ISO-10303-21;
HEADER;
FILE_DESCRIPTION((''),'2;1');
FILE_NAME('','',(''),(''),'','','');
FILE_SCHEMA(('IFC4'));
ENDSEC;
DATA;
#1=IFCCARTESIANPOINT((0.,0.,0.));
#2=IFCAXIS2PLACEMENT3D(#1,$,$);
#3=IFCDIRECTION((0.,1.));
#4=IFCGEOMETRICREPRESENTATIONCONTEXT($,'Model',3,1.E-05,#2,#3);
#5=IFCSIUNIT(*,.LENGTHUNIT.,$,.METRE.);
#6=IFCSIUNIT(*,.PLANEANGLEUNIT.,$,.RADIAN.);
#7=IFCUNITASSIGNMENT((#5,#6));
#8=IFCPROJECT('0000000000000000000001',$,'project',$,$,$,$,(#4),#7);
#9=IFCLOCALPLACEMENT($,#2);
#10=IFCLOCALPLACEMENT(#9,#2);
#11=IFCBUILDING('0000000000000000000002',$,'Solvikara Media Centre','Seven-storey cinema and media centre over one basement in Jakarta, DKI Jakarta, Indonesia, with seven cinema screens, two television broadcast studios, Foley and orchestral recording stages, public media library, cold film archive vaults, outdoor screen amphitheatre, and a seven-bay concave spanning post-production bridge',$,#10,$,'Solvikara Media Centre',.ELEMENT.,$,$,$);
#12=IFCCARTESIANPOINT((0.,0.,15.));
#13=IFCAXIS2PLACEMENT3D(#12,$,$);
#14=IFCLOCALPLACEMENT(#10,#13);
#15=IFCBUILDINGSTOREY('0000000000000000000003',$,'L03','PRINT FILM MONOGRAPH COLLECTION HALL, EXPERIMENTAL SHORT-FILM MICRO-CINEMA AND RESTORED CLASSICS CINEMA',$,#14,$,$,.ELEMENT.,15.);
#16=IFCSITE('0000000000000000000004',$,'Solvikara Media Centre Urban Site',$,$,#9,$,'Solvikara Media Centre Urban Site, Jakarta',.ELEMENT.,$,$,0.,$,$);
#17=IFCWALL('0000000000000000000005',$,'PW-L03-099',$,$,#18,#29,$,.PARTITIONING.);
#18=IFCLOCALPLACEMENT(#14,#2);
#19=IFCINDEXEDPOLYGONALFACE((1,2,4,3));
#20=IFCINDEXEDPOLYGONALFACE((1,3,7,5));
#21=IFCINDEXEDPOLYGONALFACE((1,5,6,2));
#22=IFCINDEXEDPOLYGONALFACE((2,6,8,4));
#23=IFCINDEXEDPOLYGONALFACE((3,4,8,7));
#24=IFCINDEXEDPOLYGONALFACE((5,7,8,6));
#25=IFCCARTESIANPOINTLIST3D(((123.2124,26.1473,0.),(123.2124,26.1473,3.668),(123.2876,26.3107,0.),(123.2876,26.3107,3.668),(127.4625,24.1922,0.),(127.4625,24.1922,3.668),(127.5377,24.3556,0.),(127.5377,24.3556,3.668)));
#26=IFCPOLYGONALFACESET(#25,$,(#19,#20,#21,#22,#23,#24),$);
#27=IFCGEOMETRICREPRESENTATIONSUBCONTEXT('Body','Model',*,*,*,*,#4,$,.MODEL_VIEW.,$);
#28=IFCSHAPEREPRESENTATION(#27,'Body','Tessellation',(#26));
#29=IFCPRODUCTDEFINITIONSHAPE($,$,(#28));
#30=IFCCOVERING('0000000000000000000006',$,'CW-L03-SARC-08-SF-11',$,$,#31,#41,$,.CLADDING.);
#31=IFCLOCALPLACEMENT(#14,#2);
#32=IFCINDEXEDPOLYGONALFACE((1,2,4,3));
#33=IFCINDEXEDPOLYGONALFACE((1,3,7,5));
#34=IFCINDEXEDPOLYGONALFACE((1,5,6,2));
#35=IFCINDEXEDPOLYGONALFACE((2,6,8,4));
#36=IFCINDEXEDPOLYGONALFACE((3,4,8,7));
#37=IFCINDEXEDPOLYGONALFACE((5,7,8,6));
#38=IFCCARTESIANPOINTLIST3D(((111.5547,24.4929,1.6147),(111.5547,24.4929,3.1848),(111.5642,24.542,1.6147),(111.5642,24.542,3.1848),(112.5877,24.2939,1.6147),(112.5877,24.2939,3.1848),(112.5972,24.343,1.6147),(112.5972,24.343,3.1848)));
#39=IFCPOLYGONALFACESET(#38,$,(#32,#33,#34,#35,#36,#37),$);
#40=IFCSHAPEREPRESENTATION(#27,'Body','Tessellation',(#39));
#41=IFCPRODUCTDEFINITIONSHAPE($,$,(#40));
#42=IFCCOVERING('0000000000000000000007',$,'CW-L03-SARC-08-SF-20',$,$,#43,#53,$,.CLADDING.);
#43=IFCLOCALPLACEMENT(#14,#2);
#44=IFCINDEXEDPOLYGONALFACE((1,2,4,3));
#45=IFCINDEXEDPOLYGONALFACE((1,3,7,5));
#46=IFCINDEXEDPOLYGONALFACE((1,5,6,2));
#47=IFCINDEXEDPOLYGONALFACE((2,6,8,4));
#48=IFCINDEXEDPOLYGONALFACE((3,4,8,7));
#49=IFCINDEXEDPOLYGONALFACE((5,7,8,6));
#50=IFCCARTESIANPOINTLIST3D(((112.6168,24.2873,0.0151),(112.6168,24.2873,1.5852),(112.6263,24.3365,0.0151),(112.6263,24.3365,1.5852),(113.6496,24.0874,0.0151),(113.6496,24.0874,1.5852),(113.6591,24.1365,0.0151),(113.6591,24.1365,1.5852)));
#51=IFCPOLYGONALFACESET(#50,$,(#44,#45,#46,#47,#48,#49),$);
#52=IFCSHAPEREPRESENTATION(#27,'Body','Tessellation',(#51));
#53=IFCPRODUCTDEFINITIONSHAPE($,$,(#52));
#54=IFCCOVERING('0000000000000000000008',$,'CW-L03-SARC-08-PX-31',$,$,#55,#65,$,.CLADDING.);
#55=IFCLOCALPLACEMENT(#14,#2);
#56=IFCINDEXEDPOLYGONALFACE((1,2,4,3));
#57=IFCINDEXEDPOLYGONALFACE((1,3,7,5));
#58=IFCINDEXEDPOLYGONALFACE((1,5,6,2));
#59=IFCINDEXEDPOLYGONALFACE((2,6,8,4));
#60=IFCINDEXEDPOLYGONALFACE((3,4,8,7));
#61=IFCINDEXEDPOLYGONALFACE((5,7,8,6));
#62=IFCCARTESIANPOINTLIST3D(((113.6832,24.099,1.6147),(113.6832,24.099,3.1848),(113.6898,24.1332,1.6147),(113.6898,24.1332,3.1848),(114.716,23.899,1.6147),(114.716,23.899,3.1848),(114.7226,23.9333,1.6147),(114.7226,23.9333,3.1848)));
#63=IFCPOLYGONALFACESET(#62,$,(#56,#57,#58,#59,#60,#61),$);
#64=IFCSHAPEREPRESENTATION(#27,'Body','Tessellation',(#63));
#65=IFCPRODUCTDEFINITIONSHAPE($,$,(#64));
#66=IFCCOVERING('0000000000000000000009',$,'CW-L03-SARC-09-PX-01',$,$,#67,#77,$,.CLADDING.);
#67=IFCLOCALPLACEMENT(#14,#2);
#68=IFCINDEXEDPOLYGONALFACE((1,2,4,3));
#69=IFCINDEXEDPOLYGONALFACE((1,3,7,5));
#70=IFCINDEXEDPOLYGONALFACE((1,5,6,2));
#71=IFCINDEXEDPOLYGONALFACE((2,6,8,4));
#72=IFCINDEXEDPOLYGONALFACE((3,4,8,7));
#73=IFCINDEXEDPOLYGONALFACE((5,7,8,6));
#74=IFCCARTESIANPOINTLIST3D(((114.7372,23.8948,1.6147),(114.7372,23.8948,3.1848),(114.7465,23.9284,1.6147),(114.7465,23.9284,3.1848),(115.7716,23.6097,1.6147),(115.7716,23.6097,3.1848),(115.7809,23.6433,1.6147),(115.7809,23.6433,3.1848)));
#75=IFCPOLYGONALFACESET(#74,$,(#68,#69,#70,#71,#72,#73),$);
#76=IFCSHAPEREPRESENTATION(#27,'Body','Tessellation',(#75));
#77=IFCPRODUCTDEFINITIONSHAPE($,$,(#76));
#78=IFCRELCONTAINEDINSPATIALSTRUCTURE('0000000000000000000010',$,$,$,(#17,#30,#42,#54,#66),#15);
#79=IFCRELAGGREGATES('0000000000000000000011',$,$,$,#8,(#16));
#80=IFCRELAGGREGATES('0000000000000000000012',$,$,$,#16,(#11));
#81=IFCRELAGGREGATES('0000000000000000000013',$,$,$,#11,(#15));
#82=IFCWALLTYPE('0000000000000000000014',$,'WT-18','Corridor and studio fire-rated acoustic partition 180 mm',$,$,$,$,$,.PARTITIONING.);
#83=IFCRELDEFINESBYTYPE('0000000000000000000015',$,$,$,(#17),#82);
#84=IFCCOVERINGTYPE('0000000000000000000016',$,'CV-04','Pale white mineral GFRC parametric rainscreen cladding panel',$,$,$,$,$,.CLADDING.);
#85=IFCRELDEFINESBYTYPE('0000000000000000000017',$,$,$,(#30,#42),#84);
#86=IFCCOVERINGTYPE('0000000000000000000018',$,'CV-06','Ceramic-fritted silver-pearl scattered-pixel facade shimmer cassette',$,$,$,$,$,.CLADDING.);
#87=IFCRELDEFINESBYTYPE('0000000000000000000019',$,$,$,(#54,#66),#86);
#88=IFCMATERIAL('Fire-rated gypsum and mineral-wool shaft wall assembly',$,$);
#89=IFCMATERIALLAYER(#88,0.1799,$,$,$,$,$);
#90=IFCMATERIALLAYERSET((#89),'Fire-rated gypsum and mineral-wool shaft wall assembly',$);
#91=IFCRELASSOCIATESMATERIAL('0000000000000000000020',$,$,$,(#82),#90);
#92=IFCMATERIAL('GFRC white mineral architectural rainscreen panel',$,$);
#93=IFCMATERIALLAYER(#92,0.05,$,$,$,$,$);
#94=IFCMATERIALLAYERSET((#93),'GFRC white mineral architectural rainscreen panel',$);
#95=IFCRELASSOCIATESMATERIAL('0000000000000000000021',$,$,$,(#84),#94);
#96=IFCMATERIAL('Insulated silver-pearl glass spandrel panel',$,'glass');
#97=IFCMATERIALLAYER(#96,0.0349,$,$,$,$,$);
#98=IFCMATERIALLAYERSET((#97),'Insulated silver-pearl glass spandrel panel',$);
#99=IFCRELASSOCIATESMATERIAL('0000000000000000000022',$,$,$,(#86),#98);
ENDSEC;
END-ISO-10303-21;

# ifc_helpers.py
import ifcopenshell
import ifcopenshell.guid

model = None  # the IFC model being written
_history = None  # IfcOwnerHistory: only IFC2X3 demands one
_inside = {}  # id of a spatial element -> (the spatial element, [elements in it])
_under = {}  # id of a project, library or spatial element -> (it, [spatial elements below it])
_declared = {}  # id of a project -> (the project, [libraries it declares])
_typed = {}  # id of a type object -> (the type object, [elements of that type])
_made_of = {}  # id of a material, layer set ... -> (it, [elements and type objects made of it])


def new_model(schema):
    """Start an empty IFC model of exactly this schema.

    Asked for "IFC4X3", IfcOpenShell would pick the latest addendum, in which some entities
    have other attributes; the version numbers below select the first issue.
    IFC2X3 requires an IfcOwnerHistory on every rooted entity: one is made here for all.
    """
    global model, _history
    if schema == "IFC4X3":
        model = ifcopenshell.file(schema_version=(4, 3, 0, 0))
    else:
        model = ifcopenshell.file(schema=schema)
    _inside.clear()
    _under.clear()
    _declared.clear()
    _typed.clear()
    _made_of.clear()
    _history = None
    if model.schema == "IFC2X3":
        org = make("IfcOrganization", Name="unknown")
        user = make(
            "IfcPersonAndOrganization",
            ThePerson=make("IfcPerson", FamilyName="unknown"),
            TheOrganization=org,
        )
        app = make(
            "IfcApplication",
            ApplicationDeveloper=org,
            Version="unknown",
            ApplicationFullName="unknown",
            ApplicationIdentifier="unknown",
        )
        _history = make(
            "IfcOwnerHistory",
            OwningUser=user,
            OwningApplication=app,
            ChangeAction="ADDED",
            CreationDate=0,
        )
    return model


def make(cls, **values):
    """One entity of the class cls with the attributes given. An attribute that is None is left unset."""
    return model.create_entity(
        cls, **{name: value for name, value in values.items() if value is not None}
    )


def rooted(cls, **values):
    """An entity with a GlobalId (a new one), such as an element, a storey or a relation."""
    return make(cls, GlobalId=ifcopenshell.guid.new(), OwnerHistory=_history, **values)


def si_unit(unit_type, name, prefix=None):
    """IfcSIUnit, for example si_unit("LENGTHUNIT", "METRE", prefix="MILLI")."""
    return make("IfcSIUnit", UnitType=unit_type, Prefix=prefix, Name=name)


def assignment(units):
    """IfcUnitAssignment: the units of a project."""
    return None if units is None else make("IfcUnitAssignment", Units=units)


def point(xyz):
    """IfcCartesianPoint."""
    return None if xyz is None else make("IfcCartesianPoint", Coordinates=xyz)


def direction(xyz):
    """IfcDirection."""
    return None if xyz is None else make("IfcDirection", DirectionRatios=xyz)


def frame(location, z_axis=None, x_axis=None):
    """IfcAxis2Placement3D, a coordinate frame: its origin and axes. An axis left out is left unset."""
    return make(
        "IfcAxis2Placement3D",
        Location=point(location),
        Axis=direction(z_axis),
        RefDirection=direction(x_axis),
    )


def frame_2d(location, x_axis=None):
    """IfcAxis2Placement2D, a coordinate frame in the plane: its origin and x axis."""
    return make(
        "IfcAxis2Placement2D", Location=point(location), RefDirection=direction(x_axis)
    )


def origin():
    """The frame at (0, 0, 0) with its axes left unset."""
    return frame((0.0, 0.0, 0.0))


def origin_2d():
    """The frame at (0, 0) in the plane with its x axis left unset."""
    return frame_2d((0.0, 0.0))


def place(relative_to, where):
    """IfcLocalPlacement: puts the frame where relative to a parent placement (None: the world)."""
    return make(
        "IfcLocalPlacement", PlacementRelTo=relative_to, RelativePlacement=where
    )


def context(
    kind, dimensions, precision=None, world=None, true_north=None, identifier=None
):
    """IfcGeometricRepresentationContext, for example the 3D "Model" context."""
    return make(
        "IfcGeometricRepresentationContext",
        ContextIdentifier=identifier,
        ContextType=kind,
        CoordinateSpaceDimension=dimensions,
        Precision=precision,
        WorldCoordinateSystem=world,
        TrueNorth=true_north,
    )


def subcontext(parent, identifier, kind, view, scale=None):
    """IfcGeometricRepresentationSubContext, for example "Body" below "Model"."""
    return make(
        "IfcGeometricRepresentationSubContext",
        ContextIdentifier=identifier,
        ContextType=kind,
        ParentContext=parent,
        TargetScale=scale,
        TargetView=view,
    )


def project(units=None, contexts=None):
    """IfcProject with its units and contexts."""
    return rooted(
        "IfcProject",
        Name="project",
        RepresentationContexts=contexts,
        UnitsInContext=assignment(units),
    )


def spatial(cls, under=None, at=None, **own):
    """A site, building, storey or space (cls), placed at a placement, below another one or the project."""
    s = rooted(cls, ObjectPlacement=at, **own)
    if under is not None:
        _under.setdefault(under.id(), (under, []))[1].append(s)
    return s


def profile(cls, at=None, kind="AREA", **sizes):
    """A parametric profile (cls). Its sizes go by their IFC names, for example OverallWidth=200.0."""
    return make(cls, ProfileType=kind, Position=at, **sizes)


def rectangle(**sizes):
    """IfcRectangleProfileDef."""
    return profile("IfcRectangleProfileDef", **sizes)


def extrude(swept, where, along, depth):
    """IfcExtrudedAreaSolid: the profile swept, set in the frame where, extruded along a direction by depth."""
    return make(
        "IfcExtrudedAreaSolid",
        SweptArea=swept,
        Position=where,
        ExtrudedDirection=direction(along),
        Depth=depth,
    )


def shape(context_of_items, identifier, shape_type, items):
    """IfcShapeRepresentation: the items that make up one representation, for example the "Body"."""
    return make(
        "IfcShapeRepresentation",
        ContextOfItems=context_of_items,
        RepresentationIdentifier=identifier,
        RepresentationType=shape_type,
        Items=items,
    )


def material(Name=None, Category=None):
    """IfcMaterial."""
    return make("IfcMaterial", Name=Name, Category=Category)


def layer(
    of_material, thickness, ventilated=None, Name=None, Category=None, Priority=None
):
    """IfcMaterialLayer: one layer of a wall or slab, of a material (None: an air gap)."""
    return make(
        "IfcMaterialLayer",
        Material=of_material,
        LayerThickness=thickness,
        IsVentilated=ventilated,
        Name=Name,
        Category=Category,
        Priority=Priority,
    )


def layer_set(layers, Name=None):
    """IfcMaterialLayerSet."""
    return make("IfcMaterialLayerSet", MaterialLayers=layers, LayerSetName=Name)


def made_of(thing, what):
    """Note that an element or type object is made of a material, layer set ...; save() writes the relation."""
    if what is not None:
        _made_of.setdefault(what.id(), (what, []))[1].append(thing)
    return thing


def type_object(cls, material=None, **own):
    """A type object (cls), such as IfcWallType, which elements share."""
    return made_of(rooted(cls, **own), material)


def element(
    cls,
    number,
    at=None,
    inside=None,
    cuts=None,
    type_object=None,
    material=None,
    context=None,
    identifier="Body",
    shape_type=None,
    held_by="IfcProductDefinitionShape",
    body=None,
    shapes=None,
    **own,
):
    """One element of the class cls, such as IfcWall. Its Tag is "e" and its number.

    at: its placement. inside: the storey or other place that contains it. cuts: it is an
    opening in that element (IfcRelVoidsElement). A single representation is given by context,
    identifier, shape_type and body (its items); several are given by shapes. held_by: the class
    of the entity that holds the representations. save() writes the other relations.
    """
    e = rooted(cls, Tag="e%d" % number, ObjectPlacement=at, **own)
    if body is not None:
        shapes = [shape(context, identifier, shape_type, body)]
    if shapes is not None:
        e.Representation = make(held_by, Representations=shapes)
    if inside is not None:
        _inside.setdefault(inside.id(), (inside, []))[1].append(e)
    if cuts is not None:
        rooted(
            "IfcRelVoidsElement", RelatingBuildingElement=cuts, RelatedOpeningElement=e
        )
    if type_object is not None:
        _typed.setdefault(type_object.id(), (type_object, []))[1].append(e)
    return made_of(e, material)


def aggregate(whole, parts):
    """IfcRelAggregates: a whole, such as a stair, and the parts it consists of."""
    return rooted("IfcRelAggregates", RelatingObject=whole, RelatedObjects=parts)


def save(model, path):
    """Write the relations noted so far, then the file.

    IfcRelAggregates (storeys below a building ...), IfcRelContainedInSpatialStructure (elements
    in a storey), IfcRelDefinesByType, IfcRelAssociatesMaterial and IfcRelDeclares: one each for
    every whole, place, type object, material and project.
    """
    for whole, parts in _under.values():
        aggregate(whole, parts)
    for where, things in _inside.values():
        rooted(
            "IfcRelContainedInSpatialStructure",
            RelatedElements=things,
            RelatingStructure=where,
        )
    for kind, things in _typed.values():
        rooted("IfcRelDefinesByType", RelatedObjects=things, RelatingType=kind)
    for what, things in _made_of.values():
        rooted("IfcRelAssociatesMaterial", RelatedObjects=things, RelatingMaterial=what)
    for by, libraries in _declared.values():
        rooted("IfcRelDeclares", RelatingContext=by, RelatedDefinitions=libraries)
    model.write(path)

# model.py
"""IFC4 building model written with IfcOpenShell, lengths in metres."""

from ifc_helpers import new_model, si_unit, direction, frame, frame_2d, origin, origin_2d, place, context, subcontext, project, spatial, rectangle, extrude, material, layer, layer_set, type_object, element, save


model = new_model("IFC4")

# Units and contexts
model_context = context("Model", 3, precision=1e-05, world=origin(), true_north=direction((0.0, 1.0)))
body_context = subcontext(model_context, "Body", "Model", "MODEL_VIEW")
ifc_project = project(units=[si_unit("LENGTHUNIT", "METRE"), si_unit("PLANEANGLEUNIT", "RADIAN")], contexts=[model_context])

# Site, building, storey
site_placement = place(None, origin())
site = spatial("IfcSite", under=ifc_project, at=site_placement, Name="Solvikara Media Centre Urban Site", LongName="Solvikara Media Centre Urban Site, Jakarta", CompositionType="ELEMENT", RefElevation=0.0)
building_placement = place(site_placement, origin())
building = spatial("IfcBuilding", under=site, at=building_placement, Name="Solvikara Media Centre", Description="Seven-storey cinema and media centre over one basement in Jakarta, DKI Jakarta, Indonesia, with seven cinema screens, two television broadcast studios, Foley and orchestral recording stages, public media library, cold film archive vaults, outdoor screen amphitheatre, and a seven-bay concave spanning post-production bridge", LongName="Solvikara Media Centre", CompositionType="ELEMENT")
storey_placement = place(building_placement, frame((0.0, 0.0, 15.0)))
storey = spatial("IfcBuildingStorey", under=building, at=storey_placement, Name="L03", Description="PRINT FILM MONOGRAPH COLLECTION HALL, EXPERIMENTAL SHORT-FILM MICRO-CINEMA AND RESTORED CLASSICS CINEMA", CompositionType="ELEMENT", Elevation=15.0)

# Shared definitions
ifc_material_1 = material(Name="Insulated silver-pearl glass spandrel panel", Category="glass")

# Wall
ifc_material_2 = material(Name="Fire-rated gypsum and mineral-wool shaft wall assembly")
ifc_layer_1 = layer(ifc_material_2, 0.1799)
ifc_layer_set_1 = layer_set([ifc_layer_1], Name="Fire-rated gypsum and mineral-wool shaft wall assembly")
wall_type = type_object("IfcWallType", Name="WT-18", Description="Corridor and studio fire-rated acoustic partition 180 mm", PredefinedType="PARTITIONING", material=ifc_layer_set_1)
wall_placement = place(storey_placement, frame((123.25, 26.229, 0.0), z_axis=(0.0, 0.0, 1.0), x_axis=(0.908484, -0.417919, 0.0)))
element("IfcWall", 1, at=wall_placement, inside=storey, type_object=wall_type, Name="PW-L03-099", PredefinedType="PARTITIONING", context=body_context, shape_type="SweptSolid", body=[
    extrude(rectangle(XDim=4.6782, YDim=0.1799, at=frame_2d((2.3391, 0.0))), origin(), (0.0, 0.0, 1.0), 3.668),
])

# Coverings
ifc_material_3 = material(Name="GFRC white mineral architectural rainscreen panel")
ifc_layer_2 = layer(ifc_material_3, 0.05)
ifc_layer_set_2 = layer_set([ifc_layer_2], Name="GFRC white mineral architectural rainscreen panel")
covering_type_1 = type_object("IfcCoveringType", Name="CV-04", Description="Pale white mineral GFRC parametric rainscreen cladding panel", PredefinedType="CLADDING", material=ifc_layer_set_2)
for number, where, z_axis, x_axis, name in (
    (2, (112.0759, 24.418, 1.6147), (0.0, 0.0, 1.0), (0.981946, -0.189164, 0.0), "CW-L03-SARC-08-SF-11"),
    (3, (113.1379, 24.2119, 0.0151), (0.0, 0.0, 1.0), (0.981767, -0.190089, 0.0), "CW-L03-SARC-08-SF-20"),
):
    element("IfcCovering", number, at=place(storey_placement, frame(where, z_axis=z_axis, x_axis=x_axis)), inside=storey, type_object=covering_type_1, Name=name, PredefinedType="CLADDING", context=body_context, shape_type="SweptSolid", body=[
        extrude(rectangle(XDim=1.052, YDim=0.05, at=origin_2d()), origin(), (0.0, 0.0, 1.0), 1.5701),
    ])
ifc_layer_3 = layer(ifc_material_1, 0.0349)
ifc_layer_set_3 = layer_set([ifc_layer_3], Name="Insulated silver-pearl glass spandrel panel")
covering_type_2 = type_object("IfcCoveringType", Name="CV-06", Description="Ceramic-fritted silver-pearl scattered-pixel facade shimmer cassette", PredefinedType="CLADDING", material=ifc_layer_set_3)
covering_1_placement = place(storey_placement, frame((114.2029, 24.0161, 1.6147), z_axis=(0.0, 0.0, 1.0), x_axis=(0.981767, -0.190089, 0.0)))
element("IfcCovering", 4, at=covering_1_placement, inside=storey, type_object=covering_type_2, Name="CW-L03-SARC-08-PX-31", PredefinedType="CLADDING", context=body_context, shape_type="SweptSolid", body=[
    extrude(rectangle(XDim=1.052, YDim=0.0349, at=origin_2d()), origin(), (0.0, 0.0, 1.0), 1.5701),
])
covering_2_placement = place(storey_placement, frame((115.259, 23.769, 1.6147), z_axis=(0.0, 0.0, 1.0), x_axis=(0.964049, -0.265724, 0.0)))
element("IfcCovering", 5, at=covering_2_placement, inside=storey, type_object=covering_type_2, Name="CW-L03-SARC-09-PX-01", PredefinedType="CLADDING", context=body_context, shape_type="SweptSolid", body=[
    extrude(rectangle(XDim=1.073, YDim=0.0349, at=origin_2d()), origin(), (0.0, 0.0, 1.0), 1.5701),
])

save(model, "model.ifc")
